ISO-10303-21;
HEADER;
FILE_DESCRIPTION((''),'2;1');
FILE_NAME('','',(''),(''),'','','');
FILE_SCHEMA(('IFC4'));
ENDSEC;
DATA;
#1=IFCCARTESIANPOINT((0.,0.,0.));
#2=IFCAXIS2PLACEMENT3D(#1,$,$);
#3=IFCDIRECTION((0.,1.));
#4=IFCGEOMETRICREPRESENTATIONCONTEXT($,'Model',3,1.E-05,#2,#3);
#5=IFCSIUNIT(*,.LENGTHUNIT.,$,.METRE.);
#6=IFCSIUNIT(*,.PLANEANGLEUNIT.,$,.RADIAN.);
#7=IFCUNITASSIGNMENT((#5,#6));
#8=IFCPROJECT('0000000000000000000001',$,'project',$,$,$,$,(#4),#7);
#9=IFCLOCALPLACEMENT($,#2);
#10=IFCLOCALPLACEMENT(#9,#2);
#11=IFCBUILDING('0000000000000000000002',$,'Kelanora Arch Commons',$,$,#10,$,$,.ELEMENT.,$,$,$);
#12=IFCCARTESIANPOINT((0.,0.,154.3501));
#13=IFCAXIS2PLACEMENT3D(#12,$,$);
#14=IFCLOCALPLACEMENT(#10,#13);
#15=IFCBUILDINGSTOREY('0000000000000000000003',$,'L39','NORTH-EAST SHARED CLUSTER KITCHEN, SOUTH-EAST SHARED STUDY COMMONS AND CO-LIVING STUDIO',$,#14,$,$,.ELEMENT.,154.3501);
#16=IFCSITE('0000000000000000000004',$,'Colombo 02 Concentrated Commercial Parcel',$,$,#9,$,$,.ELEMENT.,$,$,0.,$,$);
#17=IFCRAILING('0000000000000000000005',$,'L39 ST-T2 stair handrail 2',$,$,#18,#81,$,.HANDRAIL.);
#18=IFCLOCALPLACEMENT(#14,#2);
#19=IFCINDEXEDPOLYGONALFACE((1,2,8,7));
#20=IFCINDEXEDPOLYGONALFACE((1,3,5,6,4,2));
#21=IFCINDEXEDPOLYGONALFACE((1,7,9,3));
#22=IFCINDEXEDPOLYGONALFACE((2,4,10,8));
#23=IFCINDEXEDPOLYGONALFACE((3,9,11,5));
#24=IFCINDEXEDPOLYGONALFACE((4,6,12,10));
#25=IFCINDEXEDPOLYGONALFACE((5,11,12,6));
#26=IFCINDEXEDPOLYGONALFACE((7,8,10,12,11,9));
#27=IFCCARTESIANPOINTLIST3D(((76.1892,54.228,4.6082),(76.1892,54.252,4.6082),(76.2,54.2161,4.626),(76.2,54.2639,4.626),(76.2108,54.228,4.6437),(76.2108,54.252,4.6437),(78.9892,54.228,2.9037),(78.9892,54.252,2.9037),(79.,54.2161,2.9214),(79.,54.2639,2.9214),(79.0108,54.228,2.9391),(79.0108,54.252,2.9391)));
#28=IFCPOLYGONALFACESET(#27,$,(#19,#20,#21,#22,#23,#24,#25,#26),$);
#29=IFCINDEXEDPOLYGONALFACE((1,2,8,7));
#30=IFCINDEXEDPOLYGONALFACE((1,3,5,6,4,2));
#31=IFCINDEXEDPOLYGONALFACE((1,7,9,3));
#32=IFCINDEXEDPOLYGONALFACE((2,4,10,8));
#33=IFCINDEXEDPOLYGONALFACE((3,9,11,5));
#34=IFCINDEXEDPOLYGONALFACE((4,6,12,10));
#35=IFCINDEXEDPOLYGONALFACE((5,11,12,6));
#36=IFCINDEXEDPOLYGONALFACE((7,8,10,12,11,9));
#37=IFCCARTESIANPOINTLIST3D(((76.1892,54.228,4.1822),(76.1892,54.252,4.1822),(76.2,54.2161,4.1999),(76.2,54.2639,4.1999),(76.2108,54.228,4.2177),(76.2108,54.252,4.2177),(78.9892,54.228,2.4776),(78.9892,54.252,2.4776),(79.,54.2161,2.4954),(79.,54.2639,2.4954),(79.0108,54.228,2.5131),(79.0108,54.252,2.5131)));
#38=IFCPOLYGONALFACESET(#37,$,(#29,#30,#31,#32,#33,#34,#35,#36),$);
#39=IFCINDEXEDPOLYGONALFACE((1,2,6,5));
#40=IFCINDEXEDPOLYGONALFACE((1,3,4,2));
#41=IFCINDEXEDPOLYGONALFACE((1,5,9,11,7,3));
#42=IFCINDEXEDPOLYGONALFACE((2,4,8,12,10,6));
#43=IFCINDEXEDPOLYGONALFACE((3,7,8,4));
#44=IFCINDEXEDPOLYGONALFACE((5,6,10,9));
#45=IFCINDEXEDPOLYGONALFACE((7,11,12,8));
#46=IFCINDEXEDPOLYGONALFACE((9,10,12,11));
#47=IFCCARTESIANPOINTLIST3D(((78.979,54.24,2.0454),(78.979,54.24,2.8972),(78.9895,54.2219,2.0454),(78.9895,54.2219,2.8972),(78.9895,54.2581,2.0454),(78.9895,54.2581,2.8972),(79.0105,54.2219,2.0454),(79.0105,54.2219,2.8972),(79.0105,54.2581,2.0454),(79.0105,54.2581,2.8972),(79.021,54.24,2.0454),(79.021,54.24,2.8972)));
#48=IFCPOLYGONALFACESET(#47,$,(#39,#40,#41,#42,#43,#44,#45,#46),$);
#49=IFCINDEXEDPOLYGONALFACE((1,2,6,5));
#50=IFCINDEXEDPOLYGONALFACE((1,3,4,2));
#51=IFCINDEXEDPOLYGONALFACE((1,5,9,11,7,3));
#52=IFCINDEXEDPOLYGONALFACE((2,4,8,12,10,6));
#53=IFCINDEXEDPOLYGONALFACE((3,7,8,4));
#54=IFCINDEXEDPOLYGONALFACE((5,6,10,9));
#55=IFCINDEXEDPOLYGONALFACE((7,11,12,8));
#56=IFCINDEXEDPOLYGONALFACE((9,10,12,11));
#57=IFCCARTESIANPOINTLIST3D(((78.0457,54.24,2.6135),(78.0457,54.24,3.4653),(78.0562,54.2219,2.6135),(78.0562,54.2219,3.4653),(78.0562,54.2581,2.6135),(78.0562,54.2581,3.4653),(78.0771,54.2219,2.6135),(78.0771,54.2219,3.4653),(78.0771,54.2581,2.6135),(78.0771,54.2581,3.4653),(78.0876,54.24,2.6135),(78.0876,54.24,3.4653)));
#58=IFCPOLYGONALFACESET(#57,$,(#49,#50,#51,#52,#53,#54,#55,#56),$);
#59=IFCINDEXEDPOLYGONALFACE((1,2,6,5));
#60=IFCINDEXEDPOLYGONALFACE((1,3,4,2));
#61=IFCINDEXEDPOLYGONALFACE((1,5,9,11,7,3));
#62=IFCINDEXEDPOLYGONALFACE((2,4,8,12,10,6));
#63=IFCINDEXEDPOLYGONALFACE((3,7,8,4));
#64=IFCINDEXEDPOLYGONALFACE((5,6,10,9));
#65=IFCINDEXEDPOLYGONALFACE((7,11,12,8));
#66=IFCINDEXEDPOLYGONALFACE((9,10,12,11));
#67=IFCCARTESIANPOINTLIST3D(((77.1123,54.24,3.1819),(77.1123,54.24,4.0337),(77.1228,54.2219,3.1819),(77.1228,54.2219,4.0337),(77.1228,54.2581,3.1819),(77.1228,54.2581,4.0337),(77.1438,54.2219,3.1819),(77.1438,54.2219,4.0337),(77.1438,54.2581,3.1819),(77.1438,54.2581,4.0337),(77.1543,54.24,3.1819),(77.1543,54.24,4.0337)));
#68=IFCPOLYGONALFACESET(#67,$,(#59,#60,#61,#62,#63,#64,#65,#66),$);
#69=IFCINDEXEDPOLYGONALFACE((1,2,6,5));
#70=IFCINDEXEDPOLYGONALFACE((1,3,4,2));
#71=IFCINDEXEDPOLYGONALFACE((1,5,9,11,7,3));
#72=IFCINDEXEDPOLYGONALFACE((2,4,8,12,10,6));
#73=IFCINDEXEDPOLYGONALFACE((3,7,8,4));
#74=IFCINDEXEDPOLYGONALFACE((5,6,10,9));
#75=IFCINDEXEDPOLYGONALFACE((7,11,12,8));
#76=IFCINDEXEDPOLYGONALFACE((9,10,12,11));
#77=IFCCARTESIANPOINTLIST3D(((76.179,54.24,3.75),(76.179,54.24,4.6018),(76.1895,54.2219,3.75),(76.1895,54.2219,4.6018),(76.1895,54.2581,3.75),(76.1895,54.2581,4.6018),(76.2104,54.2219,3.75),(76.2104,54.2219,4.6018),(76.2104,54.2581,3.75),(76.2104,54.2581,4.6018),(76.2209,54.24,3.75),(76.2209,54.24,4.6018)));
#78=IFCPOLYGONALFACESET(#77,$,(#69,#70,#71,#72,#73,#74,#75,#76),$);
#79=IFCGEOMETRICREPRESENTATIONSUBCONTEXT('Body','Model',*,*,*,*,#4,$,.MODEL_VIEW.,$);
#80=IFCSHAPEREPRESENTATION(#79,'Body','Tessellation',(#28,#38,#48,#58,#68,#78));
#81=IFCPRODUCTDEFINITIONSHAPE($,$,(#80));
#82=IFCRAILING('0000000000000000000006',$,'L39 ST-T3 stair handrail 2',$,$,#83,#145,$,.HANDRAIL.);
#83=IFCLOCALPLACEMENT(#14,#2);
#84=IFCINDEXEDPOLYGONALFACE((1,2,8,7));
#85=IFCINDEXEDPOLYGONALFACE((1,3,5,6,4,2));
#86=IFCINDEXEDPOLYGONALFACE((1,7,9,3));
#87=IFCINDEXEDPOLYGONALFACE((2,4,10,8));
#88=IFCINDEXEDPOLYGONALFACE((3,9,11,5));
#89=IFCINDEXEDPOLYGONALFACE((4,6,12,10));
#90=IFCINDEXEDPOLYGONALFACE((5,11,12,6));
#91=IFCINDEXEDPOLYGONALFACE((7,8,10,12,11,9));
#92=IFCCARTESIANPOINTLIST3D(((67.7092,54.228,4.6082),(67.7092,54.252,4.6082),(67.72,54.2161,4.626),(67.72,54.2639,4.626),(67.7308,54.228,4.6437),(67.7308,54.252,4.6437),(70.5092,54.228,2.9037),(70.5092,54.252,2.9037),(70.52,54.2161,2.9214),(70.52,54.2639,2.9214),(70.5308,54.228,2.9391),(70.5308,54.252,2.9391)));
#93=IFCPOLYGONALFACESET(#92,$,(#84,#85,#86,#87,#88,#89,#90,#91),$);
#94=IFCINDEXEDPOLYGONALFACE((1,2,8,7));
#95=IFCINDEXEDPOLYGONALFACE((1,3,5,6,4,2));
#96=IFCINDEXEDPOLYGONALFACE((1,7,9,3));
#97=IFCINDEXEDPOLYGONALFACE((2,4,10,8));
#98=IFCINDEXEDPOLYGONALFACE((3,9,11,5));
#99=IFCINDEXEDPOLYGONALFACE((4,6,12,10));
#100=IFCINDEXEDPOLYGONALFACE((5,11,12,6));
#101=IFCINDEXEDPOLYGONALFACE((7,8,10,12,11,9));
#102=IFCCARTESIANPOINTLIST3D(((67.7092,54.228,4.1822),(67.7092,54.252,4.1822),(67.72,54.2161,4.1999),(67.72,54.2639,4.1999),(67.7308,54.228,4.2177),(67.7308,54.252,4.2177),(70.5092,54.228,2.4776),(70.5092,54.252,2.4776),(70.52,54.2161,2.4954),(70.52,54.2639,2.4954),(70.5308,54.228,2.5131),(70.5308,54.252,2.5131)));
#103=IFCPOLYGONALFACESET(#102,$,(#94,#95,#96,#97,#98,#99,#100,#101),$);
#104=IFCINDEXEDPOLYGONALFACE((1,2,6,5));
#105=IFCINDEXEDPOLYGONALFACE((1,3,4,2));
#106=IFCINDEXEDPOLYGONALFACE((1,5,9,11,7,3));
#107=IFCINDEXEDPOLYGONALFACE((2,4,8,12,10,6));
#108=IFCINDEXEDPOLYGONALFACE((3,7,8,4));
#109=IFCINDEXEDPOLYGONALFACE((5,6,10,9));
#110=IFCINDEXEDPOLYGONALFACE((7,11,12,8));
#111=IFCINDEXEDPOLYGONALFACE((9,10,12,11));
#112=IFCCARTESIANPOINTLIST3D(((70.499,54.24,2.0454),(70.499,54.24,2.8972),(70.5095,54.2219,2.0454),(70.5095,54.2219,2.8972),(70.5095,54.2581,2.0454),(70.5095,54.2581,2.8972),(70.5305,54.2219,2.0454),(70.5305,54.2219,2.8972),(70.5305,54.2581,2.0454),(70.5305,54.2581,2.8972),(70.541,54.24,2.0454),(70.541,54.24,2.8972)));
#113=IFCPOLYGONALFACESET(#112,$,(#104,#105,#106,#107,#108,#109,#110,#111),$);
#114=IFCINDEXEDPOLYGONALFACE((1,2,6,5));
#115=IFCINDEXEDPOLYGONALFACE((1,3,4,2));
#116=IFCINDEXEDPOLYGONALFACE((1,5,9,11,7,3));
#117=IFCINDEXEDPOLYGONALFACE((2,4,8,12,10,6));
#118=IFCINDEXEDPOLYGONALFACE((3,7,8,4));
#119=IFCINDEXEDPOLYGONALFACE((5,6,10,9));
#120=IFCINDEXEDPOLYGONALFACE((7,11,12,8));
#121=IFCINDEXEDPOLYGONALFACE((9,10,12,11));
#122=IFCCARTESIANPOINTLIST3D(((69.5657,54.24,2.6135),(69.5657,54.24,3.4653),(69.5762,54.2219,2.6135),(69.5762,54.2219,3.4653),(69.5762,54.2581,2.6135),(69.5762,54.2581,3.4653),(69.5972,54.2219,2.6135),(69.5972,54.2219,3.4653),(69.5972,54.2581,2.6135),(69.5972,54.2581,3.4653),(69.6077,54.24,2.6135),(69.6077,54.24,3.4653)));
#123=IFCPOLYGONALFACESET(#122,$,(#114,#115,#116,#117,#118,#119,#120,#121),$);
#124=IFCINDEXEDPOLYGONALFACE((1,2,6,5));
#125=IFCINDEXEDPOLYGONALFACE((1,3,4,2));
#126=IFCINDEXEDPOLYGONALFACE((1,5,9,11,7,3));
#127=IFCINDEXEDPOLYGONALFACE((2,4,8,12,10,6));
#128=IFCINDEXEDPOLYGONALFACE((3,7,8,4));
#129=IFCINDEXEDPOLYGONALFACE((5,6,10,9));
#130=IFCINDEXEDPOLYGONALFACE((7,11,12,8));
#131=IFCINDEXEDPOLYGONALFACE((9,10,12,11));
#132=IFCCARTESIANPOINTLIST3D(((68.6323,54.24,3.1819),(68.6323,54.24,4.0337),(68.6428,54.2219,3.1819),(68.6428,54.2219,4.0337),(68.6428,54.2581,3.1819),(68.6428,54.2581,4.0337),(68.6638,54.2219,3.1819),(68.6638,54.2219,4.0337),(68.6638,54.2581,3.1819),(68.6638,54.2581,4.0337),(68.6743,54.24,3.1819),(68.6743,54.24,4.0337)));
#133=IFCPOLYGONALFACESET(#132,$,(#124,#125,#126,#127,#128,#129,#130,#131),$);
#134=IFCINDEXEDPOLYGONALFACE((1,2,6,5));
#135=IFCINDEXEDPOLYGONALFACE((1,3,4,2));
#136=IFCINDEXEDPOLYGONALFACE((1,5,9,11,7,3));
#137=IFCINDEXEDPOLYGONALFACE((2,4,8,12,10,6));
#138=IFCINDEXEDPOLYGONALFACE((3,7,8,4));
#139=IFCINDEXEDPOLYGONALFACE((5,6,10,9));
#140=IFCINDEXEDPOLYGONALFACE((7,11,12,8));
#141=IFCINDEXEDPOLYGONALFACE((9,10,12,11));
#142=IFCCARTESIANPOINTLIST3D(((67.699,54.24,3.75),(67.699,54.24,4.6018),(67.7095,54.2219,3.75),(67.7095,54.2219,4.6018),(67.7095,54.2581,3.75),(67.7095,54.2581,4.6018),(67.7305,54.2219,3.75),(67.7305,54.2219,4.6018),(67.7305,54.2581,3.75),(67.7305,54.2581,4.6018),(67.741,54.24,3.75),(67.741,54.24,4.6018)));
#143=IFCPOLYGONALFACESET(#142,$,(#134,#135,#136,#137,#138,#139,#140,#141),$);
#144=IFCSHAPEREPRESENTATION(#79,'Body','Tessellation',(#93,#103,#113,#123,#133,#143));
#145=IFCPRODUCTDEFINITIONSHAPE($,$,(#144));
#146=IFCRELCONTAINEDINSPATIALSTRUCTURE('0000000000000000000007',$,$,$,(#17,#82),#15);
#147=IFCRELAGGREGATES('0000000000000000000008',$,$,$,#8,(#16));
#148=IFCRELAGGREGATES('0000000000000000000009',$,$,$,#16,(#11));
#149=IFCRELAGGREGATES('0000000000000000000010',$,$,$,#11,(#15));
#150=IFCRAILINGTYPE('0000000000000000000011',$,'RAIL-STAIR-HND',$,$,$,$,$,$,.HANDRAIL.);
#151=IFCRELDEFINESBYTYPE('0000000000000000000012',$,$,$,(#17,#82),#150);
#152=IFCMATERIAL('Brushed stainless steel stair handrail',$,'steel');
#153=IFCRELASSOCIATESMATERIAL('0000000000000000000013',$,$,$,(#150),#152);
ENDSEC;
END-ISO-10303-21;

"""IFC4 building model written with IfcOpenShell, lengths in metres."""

from ifc_helpers import new_model, si_unit, direction, frame, origin, place, context, subcontext, project, spatial, polyline, outline, extrude, material, type_object, element, save


model = new_model("IFC4")

# Units and contexts
model_context = context("Model", 3, precision=1e-05, world=origin(), true_north=direction((0.0, 1.0)))
body_context = subcontext(model_context, "Body", "Model", "MODEL_VIEW")
ifc_project = project(units=[si_unit("LENGTHUNIT", "METRE"), si_unit("PLANEANGLEUNIT", "RADIAN")], contexts=[model_context])

# Site, building, storey
site_placement = place(None, origin())
site = spatial("IfcSite", under=ifc_project, at=site_placement, Name="Colombo 02 Concentrated Commercial Parcel", CompositionType="ELEMENT", RefElevation=0.0)
building_placement = place(site_placement, origin())
building = spatial("IfcBuilding", under=site, at=building_placement, Name="Kelanora Arch Commons", CompositionType="ELEMENT")
storey_placement = place(building_placement, frame((0.0, 0.0, 154.3501)))
storey = spatial("IfcBuildingStorey", under=building, at=storey_placement, Name="L39", Description="NORTH-EAST SHARED CLUSTER KITCHEN, SOUTH-EAST SHARED STUDY COMMONS AND CO-LIVING STUDIO", CompositionType="ELEMENT", Elevation=154.3501)

# Railings
ifc_material_1 = material(Name="Brushed stainless steel stair handrail", Category="steel")
railing_type_1 = type_object("IfcRailingType", Name="RAIL-STAIR-HND", PredefinedType="HANDRAIL", material=ifc_material_1)
railing_1_placement = place(storey_placement, frame((79.0, 54.24, 2.0454)))
element("IfcRailing", 1, at=railing_1_placement, inside=storey, type_object=railing_type_1, Name="L39 ST-T2 stair handrail 2", PredefinedType="HANDRAIL", context=body_context, shape_type="SweptSolid", body=[
    extrude(outline(polyline([(0.0239, 0.0), (0.012, 0.0208), (-0.012, 0.0208), (-0.0239, 0.0), (-0.012, -0.0208), (0.012, -0.0208), (0.0239, 0.0)])), frame((0.0, 0.0, 0.876), z_axis=(-0.85417, 0.0, 0.519994), x_axis=(0.0, -1.0, 0.0)), (0.0, 0.0, 1.0), 3.2781),
    extrude(outline(polyline([(0.0239, 0.0), (0.012, 0.0208), (-0.012, 0.0208), (-0.0239, 0.0), (-0.012, -0.0208), (0.012, -0.0208), (0.0239, 0.0)])), frame((0.0, 0.0, 0.45), z_axis=(-0.85417, 0.0, 0.519994), x_axis=(0.0, -1.0, 0.0)), (0.0, 0.0, 1.0), 3.2781),
    extrude(outline(polyline([(0.021, 0.0), (0.0105, 0.0181), (-0.0105, 0.0181), (-0.021, 0.0), (-0.0105, -0.0181), (0.0105, -0.0181), (0.021, 0.0)])), origin(), (0.0, 0.0, 1.0), 0.8518),
    extrude(outline(polyline([(0.021, 0.0), (0.0105, 0.0181), (-0.0105, 0.0181), (-0.021, 0.0), (-0.0105, -0.0181), (0.0105, -0.0181), (0.021, 0.0)])), frame((-0.9333, 0.0, 0.5681)), (0.0, 0.0, 1.0), 0.8518),
    extrude(outline(polyline([(0.021, 0.0), (0.0105, 0.0181), (-0.0105, 0.0181), (-0.021, 0.0), (-0.0105, -0.0181), (0.0105, -0.0181), (0.021, 0.0)])), frame((-1.8667, 0.0, 1.1365)), (0.0, 0.0, 1.0), 0.8518),
    extrude(outline(polyline([(0.021, 0.0), (0.0105, 0.0181), (-0.0105, 0.0181), (-0.021, 0.0), (-0.0105, -0.0181), (0.0105, -0.0181), (0.021, 0.0)])), frame((-2.8, 0.0, 1.7046)), (0.0, 0.0, 1.0), 0.8518),
])
railing_2_placement = place(storey_placement, frame((70.52, 54.24, 2.0454)))
element("IfcRailing", 2, at=railing_2_placement, inside=storey, type_object=railing_type_1, Name="L39 ST-T3 stair handrail 2", PredefinedType="HANDRAIL", context=body_context, shape_type="SweptSolid", body=[
    extrude(outline(polyline([(0.0239, 0.0), (0.012, 0.0208), (-0.012, 0.0208), (-0.0239, 0.0), (-0.012, -0.0208), (0.012, -0.0208), (0.0239, 0.0)])), frame((0.0, 0.0, 0.876), z_axis=(-0.85417, 0.0, 0.519994), x_axis=(0.0, -1.0, 0.0)), (0.0, 0.0, 1.0), 3.2781),
    extrude(outline(polyline([(0.0239, 0.0), (0.012, 0.0208), (-0.012, 0.0208), (-0.0239, 0.0), (-0.012, -0.0208), (0.012, -0.0208), (0.0239, 0.0)])), frame((0.0, 0.0, 0.45), z_axis=(-0.85417, 0.0, 0.519994), x_axis=(0.0, -1.0, 0.0)), (0.0, 0.0, 1.0), 3.2781),
    extrude(outline(polyline([(0.021, 0.0), (0.0105, 0.0181), (-0.0105, 0.0181), (-0.021, 0.0), (-0.0105, -0.0181), (0.0105, -0.0181), (0.021, 0.0)])), origin(), (0.0, 0.0, 1.0), 0.8518),
    extrude(outline(polyline([(0.021, 0.0), (0.0105, 0.0181), (-0.0105, 0.0181), (-0.021, 0.0), (-0.0105, -0.0181), (0.0105, -0.0181), (0.021, 0.0)])), frame((-0.9333, 0.0, 0.5681)), (0.0, 0.0, 1.0), 0.8518),
    extrude(outline(polyline([(0.021, 0.0), (0.0105, 0.0181), (-0.0105, 0.0181), (-0.021, 0.0), (-0.0105, -0.0181), (0.0105, -0.0181), (0.021, 0.0)])), frame((-1.8667, 0.0, 1.1365)), (0.0, 0.0, 1.0), 0.8518),
    extrude(outline(polyline([(0.021, 0.0), (0.0105, 0.0181), (-0.0105, 0.0181), (-0.021, 0.0), (-0.0105, -0.0181), (0.0105, -0.0181), (0.021, 0.0)])), frame((-2.8, 0.0, 1.7046)), (0.0, 0.0, 1.0), 0.8518),
])

save(model, "model.ifc")
